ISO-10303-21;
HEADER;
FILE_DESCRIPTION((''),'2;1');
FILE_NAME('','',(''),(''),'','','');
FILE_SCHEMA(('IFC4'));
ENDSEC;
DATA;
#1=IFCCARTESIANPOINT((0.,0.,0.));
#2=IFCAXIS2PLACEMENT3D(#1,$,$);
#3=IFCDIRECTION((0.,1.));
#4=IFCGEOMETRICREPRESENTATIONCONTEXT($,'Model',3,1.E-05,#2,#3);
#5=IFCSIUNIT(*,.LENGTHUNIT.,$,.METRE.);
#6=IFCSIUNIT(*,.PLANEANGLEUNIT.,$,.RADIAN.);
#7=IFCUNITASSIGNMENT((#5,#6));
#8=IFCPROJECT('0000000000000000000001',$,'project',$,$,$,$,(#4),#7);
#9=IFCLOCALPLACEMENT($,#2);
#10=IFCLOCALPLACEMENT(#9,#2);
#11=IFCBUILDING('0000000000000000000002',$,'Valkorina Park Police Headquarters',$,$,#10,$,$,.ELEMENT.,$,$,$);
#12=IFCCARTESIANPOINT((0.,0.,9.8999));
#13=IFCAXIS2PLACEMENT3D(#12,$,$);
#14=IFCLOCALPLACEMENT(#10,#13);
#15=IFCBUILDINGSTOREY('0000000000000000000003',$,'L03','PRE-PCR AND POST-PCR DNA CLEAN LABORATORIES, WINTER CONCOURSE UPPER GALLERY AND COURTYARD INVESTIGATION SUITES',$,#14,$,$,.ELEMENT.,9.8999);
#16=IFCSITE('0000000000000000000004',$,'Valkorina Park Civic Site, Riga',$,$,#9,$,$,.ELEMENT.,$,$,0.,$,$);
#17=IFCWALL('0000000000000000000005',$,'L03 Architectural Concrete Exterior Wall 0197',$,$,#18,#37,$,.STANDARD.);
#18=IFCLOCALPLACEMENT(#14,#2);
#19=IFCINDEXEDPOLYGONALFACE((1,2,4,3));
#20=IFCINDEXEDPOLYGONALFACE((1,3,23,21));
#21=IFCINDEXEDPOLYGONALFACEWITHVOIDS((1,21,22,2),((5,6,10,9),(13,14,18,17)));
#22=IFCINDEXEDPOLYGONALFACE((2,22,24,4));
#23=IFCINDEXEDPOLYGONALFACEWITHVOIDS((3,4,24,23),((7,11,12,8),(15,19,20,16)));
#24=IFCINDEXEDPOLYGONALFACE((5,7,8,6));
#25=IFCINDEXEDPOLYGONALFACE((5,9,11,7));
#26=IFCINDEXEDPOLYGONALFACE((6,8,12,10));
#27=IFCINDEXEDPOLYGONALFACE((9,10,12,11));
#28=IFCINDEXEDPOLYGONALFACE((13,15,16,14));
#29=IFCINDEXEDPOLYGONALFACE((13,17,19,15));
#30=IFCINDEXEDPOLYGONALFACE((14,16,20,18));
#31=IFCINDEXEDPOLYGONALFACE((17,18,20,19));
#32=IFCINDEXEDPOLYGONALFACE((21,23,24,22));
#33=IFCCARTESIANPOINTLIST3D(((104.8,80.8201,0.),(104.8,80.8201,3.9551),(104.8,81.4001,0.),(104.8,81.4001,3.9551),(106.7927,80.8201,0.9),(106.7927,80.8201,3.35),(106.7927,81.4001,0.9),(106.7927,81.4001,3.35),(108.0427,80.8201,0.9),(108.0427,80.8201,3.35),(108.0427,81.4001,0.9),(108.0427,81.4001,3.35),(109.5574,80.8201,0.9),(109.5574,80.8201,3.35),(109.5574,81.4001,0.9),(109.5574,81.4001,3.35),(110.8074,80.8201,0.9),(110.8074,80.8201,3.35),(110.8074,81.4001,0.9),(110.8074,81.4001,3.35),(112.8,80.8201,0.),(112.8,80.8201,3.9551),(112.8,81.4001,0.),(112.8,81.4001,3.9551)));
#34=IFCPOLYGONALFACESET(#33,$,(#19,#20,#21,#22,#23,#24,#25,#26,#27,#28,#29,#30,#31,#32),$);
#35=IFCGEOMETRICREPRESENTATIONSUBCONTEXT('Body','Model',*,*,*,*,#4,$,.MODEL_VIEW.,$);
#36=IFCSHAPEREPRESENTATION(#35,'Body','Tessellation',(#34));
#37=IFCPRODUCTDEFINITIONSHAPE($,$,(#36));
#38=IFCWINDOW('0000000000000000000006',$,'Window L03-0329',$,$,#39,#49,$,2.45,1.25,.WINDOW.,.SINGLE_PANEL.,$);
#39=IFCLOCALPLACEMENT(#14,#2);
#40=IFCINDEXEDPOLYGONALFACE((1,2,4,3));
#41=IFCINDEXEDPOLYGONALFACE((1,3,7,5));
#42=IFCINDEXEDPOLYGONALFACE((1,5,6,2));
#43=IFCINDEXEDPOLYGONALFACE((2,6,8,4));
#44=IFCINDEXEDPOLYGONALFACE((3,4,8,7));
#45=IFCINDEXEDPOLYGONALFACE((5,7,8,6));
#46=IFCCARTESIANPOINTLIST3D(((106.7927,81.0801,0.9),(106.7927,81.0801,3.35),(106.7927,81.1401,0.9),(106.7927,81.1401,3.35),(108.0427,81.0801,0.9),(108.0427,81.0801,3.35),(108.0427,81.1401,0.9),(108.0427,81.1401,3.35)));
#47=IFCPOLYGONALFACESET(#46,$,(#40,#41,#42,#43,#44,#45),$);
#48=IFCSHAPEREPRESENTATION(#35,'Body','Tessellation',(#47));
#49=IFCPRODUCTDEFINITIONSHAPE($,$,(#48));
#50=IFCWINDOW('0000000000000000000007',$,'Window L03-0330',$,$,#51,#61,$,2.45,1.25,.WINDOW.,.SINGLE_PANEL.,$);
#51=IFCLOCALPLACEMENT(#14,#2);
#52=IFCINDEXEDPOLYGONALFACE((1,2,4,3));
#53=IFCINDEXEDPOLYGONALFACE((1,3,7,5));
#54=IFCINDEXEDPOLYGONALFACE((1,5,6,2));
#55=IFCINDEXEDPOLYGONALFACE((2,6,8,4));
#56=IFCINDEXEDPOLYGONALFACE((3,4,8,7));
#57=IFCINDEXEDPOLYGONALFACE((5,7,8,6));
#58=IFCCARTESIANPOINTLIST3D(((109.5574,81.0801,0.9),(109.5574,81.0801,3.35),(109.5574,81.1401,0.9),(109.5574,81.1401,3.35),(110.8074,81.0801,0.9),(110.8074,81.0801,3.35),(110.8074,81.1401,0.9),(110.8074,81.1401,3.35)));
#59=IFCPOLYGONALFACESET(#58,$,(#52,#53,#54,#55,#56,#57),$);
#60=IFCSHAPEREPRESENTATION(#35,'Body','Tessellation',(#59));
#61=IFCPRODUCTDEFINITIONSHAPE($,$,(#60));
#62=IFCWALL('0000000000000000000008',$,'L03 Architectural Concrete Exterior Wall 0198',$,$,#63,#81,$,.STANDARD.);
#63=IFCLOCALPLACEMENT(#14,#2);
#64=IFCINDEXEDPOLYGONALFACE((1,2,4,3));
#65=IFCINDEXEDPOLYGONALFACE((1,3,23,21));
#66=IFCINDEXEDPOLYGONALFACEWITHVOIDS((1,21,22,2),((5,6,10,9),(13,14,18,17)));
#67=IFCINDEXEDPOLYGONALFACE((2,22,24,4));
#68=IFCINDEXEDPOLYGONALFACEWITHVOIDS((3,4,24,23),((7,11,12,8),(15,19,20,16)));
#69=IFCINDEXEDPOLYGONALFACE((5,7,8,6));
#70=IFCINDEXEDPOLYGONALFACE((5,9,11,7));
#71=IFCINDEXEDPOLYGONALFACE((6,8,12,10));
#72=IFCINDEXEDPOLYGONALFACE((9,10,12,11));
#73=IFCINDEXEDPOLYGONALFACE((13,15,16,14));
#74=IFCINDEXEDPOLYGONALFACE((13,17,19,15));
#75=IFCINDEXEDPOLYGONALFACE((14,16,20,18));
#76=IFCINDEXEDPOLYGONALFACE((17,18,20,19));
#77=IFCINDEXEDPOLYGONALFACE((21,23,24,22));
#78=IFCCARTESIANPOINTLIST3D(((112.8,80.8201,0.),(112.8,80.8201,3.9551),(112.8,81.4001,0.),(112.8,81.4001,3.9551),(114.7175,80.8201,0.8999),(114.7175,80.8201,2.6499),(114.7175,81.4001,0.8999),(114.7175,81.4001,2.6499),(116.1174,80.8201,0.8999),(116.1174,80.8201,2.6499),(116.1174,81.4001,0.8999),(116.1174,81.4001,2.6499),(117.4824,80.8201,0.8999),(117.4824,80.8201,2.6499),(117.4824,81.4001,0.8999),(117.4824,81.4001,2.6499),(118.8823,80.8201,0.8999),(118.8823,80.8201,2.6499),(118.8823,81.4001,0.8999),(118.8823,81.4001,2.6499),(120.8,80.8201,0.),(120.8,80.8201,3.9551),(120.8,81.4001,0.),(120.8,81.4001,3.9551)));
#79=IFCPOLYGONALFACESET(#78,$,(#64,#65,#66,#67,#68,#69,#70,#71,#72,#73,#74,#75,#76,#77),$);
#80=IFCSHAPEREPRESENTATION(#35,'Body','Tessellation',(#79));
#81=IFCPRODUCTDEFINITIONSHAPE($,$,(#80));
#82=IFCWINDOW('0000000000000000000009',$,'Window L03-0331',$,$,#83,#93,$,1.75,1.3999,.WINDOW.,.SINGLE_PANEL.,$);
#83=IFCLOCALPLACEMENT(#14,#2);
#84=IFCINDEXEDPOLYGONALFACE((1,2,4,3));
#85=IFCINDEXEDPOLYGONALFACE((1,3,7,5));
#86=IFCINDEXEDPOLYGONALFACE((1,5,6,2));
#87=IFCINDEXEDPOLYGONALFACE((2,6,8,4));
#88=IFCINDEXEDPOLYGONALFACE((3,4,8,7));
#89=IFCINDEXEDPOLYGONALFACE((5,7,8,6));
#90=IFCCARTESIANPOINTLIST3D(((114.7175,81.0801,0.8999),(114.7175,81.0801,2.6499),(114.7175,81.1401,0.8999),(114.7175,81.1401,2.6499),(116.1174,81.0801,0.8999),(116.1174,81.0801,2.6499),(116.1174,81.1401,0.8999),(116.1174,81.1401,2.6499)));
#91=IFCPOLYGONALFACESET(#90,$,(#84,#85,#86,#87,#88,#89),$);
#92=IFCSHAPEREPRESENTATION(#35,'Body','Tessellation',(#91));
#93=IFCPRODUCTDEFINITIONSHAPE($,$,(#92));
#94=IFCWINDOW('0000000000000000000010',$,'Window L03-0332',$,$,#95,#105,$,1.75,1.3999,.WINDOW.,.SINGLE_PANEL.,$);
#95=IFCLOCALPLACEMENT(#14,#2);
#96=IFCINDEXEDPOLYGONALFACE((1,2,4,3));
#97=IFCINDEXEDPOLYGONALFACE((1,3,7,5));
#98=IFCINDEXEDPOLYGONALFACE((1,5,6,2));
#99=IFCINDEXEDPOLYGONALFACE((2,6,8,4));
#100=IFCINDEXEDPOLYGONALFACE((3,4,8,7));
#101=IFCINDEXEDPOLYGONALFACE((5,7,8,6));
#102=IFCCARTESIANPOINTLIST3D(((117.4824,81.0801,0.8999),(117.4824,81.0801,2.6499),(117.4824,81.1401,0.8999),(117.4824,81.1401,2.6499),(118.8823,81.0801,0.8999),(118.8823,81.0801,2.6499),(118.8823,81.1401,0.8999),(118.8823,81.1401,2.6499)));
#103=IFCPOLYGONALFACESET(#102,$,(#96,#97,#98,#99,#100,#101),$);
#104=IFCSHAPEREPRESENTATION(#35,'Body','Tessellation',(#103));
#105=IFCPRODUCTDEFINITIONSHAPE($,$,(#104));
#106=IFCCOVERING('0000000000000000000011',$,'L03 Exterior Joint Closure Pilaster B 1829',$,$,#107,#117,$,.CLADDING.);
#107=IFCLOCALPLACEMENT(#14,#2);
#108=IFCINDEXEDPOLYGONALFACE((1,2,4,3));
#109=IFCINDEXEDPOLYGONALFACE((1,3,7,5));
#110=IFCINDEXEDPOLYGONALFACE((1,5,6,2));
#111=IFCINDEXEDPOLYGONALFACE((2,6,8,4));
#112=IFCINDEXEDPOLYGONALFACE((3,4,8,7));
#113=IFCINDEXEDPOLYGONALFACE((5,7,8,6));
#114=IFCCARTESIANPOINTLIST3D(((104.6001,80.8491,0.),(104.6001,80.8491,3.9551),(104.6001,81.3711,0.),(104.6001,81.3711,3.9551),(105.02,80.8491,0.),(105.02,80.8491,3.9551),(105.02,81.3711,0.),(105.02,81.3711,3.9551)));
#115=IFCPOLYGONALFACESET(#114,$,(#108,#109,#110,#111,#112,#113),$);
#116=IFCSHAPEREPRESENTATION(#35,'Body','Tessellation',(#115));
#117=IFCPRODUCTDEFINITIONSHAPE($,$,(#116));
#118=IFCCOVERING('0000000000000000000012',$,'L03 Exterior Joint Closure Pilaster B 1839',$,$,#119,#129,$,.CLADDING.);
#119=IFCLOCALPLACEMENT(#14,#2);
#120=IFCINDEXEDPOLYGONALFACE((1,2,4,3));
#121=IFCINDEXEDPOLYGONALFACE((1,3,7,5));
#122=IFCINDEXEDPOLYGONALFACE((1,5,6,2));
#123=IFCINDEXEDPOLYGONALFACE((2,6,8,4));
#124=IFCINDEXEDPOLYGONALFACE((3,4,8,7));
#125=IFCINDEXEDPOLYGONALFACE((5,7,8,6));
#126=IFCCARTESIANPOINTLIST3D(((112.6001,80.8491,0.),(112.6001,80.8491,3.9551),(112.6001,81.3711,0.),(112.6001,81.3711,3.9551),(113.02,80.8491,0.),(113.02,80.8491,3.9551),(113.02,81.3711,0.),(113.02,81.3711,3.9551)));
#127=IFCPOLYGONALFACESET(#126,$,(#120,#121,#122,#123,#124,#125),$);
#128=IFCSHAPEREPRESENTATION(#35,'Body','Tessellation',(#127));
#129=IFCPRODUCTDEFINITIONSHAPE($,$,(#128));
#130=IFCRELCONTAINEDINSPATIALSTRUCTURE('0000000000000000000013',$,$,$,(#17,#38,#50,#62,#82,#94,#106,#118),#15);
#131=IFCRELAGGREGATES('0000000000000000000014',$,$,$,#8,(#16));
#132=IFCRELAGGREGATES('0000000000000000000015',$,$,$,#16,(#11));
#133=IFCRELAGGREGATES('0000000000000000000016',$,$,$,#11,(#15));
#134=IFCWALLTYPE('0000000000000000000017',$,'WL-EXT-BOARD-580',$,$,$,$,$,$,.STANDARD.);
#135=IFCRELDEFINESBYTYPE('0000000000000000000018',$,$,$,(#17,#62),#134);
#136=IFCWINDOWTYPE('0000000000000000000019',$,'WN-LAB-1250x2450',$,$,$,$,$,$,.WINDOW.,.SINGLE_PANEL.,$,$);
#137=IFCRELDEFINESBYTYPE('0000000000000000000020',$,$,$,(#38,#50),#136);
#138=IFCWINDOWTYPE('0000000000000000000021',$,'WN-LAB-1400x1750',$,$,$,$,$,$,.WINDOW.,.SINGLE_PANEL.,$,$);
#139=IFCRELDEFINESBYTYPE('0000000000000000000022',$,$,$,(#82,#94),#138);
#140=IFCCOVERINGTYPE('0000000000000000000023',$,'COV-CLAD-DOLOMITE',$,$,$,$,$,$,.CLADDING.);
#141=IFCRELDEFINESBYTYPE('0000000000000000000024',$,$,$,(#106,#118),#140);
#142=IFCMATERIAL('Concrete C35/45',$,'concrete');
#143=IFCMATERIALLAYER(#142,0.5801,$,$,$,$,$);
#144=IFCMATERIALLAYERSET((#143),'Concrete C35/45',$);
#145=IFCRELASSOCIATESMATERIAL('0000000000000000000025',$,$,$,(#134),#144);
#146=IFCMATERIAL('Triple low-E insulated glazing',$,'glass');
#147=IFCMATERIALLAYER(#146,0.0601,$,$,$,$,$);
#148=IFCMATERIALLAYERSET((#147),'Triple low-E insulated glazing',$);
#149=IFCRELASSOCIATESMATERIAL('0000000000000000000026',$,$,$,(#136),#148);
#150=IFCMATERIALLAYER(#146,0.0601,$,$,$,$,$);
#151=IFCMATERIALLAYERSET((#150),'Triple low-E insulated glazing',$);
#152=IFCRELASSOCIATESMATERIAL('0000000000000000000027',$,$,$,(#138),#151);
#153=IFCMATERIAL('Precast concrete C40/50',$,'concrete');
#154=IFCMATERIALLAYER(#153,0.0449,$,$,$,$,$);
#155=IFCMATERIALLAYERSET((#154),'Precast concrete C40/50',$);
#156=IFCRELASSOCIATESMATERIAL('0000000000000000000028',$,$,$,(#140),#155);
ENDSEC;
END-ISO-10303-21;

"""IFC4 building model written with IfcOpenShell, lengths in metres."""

from ifc_helpers import new_model, si_unit, direction, frame, frame_2d, origin, origin_2d, place, context, subcontext, project, spatial, rectangle, extrude, material, layer, layer_set, type_object, element, fill, save


model = new_model("IFC4")

# Units and contexts
model_context = context("Model", 3, precision=1e-05, world=origin(), true_north=direction((0.0, 1.0)))
body_context = subcontext(model_context, "Body", "Model", "MODEL_VIEW")
ifc_project = project(units=[si_unit("LENGTHUNIT", "METRE"), si_unit("PLANEANGLEUNIT", "RADIAN")], contexts=[model_context])

# Site, building, storey
site_placement = place(None, origin())
site = spatial("IfcSite", under=ifc_project, at=site_placement, Name="Valkorina Park Civic Site, Riga", CompositionType="ELEMENT", RefElevation=0.0)
building_placement = place(site_placement, origin())
building = spatial("IfcBuilding", under=site, at=building_placement, Name="Valkorina Park Police Headquarters", CompositionType="ELEMENT")
storey_placement = place(building_placement, frame((0.0, 0.0, 9.8999)))
storey = spatial("IfcBuildingStorey", under=building, at=storey_placement, Name="L03", Description="PRE-PCR AND POST-PCR DNA CLEAN LABORATORIES, WINTER CONCOURSE UPPER GALLERY AND COURTYARD INVESTIGATION SUITES", CompositionType="ELEMENT", Elevation=9.8999)

# Shared definitions
ifc_material_1 = material(Name="Concrete C35/45", Category="concrete")

# Walls, openings, windows
ifc_layer_1 = layer(ifc_material_1, 0.5801)
ifc_layer_set_1 = layer_set([ifc_layer_1], Name="Concrete C35/45")
wall_type = type_object("IfcWallType", Name="WL-EXT-BOARD-580", PredefinedType="STANDARD", material=ifc_layer_set_1)
wall_1_placement = place(storey_placement, frame((104.8, 81.1101, 0.0), z_axis=(0.0, 0.0, 1.0), x_axis=(1.0, 0.0, 0.0)))
wall_1 = element("IfcWall", 1, at=wall_1_placement, inside=storey, type_object=wall_type, Name="L03 Architectural Concrete Exterior Wall 0197", PredefinedType="STANDARD", context=body_context, shape_type="SweptSolid", body=[
    extrude(rectangle(XDim=8.0, YDim=0.5801, at=frame_2d((4.0, 0.0))), origin(), (0.0, 0.0, 1.0), 3.9551),
])
opening_1_placement = place(wall_1_placement, frame((1.9927, 0.0, 0.8999)))
opening_1 = element("IfcOpeningElement", 2, at=opening_1_placement, cuts=wall_1, PredefinedType="OPENING", context=body_context, shape_type="SweptSolid", body=[
    extrude(rectangle(XDim=1.25, YDim=2.45, at=frame_2d((0.625, 1.2251))), frame((0.0, 0.3, 0.0), z_axis=(0.0, -1.0, 0.0), x_axis=(1.0, 0.0, 0.0)), (0.0, 0.0, 1.0), 0.6001),
])
opening_2_placement = place(wall_1_placement, frame((4.7573, 0.0, 0.8999)))
opening_2 = element("IfcOpeningElement", 3, at=opening_2_placement, cuts=wall_1, PredefinedType="OPENING", context=body_context, shape_type="SweptSolid", body=[
    extrude(rectangle(XDim=1.25, YDim=2.45, at=frame_2d((0.625, 1.2251))), frame((0.0, 0.3, 0.0), z_axis=(0.0, -1.0, 0.0), x_axis=(1.0, 0.0, 0.0)), (0.0, 0.0, 1.0), 0.6001),
])
ifc_material_2 = material(Name="Triple low-E insulated glazing", Category="glass")
ifc_layer_2 = layer(ifc_material_2, 0.0601)
ifc_layer_set_2 = layer_set([ifc_layer_2], Name="Triple low-E insulated glazing")
window_type_1 = type_object("IfcWindowType", Name="WN-LAB-1250x2450", PartitioningType="SINGLE_PANEL", PredefinedType="WINDOW", material=ifc_layer_set_2)
window_1_placement = place(opening_1_placement, origin())
window_1 = element("IfcWindow", 4, at=window_1_placement, inside=storey, type_object=window_type_1, Name="Window L03-0329", OverallHeight=2.45, OverallWidth=1.25, PartitioningType="SINGLE_PANEL", PredefinedType="WINDOW", context=body_context, shape_type="SweptSolid", body=[
    extrude(rectangle(XDim=1.25, YDim=2.45, at=frame_2d((0.625, 1.2251))), frame((0.0, 0.03, 0.0), z_axis=(0.0, -1.0, 0.0), x_axis=(1.0, 0.0, 0.0)), (0.0, 0.0, 1.0), 0.0601),
])
fill(opening_1, window_1)
window_2_placement = place(opening_2_placement, origin())
window_2 = element("IfcWindow", 5, at=window_2_placement, inside=storey, type_object=window_type_1, Name="Window L03-0330", OverallHeight=2.45, OverallWidth=1.25, PartitioningType="SINGLE_PANEL", PredefinedType="WINDOW", context=body_context, shape_type="SweptSolid", body=[
    extrude(rectangle(XDim=1.25, YDim=2.45, at=frame_2d((0.625, 1.2251))), frame((0.0, 0.03, 0.0), z_axis=(0.0, -1.0, 0.0), x_axis=(1.0, 0.0, 0.0)), (0.0, 0.0, 1.0), 0.0601),
])
fill(opening_2, window_2)
wall_2_placement = place(storey_placement, frame((112.8, 81.1101, 0.0), z_axis=(0.0, 0.0, 1.0), x_axis=(1.0, 0.0, 0.0)))
wall_2 = element("IfcWall", 6, at=wall_2_placement, inside=storey, type_object=wall_type, Name="L03 Architectural Concrete Exterior Wall 0198", PredefinedType="STANDARD", context=body_context, shape_type="SweptSolid", body=[
    extrude(rectangle(XDim=8.0, YDim=0.5801, at=frame_2d((4.0, 0.0))), origin(), (0.0, 0.0, 1.0), 3.9551),
])
opening_3_placement = place(wall_2_placement, frame((1.9175, 0.0, 0.8999)))
opening_3 = element("IfcOpeningElement", 7, at=opening_3_placement, cuts=wall_2, PredefinedType="OPENING", context=body_context, shape_type="SweptSolid", body=[
    extrude(rectangle(XDim=1.3999, YDim=1.75, at=frame_2d((0.7, 0.875))), frame((0.0, 0.3, 0.0), z_axis=(0.0, -1.0, 0.0), x_axis=(1.0, 0.0, 0.0)), (0.0, 0.0, 1.0), 0.6001),
])
opening_4_placement = place(wall_2_placement, frame((4.6824, 0.0, 0.8999)))
opening_4 = element("IfcOpeningElement", 8, at=opening_4_placement, cuts=wall_2, PredefinedType="OPENING", context=body_context, shape_type="SweptSolid", body=[
    extrude(rectangle(XDim=1.3999, YDim=1.75, at=frame_2d((0.7, 0.875))), frame((0.0, 0.3, 0.0), z_axis=(0.0, -1.0, 0.0), x_axis=(1.0, 0.0, 0.0)), (0.0, 0.0, 1.0), 0.6001),
])
ifc_layer_3 = layer(ifc_material_2, 0.0601)
ifc_layer_set_3 = layer_set([ifc_layer_3], Name="Triple low-E insulated glazing")
window_type_2 = type_object("IfcWindowType", Name="WN-LAB-1400x1750", PartitioningType="SINGLE_PANEL", PredefinedType="WINDOW", material=ifc_layer_set_3)
window_3_placement = place(opening_3_placement, origin())
window_3 = element("IfcWindow", 9, at=window_3_placement, inside=storey, type_object=window_type_2, Name="Window L03-0331", OverallHeight=1.75, OverallWidth=1.3999, PartitioningType="SINGLE_PANEL", PredefinedType="WINDOW", context=body_context, shape_type="SweptSolid", body=[
    extrude(rectangle(XDim=1.3999, YDim=1.75, at=frame_2d((0.7, 0.875))), frame((0.0, 0.03, 0.0), z_axis=(0.0, -1.0, 0.0), x_axis=(1.0, 0.0, 0.0)), (0.0, 0.0, 1.0), 0.0601),
])
fill(opening_3, window_3)
window_4_placement = place(opening_4_placement, origin())
window_4 = element("IfcWindow", 10, at=window_4_placement, inside=storey, type_object=window_type_2, Name="Window L03-0332", OverallHeight=1.75, OverallWidth=1.3999, PartitioningType="SINGLE_PANEL", PredefinedType="WINDOW", context=body_context, shape_type="SweptSolid", body=[
    extrude(rectangle(XDim=1.3999, YDim=1.75, at=frame_2d((0.7, 0.875))), frame((0.0, 0.03, 0.0), z_axis=(0.0, -1.0, 0.0), x_axis=(1.0, 0.0, 0.0)), (0.0, 0.0, 1.0), 0.0601),
])
fill(opening_4, window_4)

# Coverings
ifc_material_3 = material(Name="Precast concrete C40/50", Category="concrete")
ifc_layer_4 = layer(ifc_material_3, 0.0449)
ifc_layer_set_4 = layer_set([ifc_layer_4], Name="Precast concrete C40/50")
covering_type = type_object("IfcCoveringType", Name="COV-CLAD-DOLOMITE", PredefinedType="CLADDING", material=ifc_layer_set_4)
for number, where, z_axis, x_axis, name in (
    (11, (104.8101, 81.1101, 0.0), (0.0, 0.0, 1.0), (1.0, 0.0, 0.0), "L03 Exterior Joint Closure Pilaster B 1829"),
    (12, (112.8101, 81.1101, 0.0), (0.0, 0.0, 1.0), (1.0, 0.0, 0.0), "L03 Exterior Joint Closure Pilaster B 1839"),
):
    element("IfcCovering", number, at=place(storey_placement, frame(where, z_axis=z_axis, x_axis=x_axis)), inside=storey, type_object=covering_type, Name=name, PredefinedType="CLADDING", context=body_context, shape_type="SweptSolid", body=[
        extrude(rectangle(XDim=0.4199, YDim=0.522, at=origin_2d()), origin(), (0.0, 0.0, 1.0), 3.9551),
    ])

save(model, "model.ifc")
